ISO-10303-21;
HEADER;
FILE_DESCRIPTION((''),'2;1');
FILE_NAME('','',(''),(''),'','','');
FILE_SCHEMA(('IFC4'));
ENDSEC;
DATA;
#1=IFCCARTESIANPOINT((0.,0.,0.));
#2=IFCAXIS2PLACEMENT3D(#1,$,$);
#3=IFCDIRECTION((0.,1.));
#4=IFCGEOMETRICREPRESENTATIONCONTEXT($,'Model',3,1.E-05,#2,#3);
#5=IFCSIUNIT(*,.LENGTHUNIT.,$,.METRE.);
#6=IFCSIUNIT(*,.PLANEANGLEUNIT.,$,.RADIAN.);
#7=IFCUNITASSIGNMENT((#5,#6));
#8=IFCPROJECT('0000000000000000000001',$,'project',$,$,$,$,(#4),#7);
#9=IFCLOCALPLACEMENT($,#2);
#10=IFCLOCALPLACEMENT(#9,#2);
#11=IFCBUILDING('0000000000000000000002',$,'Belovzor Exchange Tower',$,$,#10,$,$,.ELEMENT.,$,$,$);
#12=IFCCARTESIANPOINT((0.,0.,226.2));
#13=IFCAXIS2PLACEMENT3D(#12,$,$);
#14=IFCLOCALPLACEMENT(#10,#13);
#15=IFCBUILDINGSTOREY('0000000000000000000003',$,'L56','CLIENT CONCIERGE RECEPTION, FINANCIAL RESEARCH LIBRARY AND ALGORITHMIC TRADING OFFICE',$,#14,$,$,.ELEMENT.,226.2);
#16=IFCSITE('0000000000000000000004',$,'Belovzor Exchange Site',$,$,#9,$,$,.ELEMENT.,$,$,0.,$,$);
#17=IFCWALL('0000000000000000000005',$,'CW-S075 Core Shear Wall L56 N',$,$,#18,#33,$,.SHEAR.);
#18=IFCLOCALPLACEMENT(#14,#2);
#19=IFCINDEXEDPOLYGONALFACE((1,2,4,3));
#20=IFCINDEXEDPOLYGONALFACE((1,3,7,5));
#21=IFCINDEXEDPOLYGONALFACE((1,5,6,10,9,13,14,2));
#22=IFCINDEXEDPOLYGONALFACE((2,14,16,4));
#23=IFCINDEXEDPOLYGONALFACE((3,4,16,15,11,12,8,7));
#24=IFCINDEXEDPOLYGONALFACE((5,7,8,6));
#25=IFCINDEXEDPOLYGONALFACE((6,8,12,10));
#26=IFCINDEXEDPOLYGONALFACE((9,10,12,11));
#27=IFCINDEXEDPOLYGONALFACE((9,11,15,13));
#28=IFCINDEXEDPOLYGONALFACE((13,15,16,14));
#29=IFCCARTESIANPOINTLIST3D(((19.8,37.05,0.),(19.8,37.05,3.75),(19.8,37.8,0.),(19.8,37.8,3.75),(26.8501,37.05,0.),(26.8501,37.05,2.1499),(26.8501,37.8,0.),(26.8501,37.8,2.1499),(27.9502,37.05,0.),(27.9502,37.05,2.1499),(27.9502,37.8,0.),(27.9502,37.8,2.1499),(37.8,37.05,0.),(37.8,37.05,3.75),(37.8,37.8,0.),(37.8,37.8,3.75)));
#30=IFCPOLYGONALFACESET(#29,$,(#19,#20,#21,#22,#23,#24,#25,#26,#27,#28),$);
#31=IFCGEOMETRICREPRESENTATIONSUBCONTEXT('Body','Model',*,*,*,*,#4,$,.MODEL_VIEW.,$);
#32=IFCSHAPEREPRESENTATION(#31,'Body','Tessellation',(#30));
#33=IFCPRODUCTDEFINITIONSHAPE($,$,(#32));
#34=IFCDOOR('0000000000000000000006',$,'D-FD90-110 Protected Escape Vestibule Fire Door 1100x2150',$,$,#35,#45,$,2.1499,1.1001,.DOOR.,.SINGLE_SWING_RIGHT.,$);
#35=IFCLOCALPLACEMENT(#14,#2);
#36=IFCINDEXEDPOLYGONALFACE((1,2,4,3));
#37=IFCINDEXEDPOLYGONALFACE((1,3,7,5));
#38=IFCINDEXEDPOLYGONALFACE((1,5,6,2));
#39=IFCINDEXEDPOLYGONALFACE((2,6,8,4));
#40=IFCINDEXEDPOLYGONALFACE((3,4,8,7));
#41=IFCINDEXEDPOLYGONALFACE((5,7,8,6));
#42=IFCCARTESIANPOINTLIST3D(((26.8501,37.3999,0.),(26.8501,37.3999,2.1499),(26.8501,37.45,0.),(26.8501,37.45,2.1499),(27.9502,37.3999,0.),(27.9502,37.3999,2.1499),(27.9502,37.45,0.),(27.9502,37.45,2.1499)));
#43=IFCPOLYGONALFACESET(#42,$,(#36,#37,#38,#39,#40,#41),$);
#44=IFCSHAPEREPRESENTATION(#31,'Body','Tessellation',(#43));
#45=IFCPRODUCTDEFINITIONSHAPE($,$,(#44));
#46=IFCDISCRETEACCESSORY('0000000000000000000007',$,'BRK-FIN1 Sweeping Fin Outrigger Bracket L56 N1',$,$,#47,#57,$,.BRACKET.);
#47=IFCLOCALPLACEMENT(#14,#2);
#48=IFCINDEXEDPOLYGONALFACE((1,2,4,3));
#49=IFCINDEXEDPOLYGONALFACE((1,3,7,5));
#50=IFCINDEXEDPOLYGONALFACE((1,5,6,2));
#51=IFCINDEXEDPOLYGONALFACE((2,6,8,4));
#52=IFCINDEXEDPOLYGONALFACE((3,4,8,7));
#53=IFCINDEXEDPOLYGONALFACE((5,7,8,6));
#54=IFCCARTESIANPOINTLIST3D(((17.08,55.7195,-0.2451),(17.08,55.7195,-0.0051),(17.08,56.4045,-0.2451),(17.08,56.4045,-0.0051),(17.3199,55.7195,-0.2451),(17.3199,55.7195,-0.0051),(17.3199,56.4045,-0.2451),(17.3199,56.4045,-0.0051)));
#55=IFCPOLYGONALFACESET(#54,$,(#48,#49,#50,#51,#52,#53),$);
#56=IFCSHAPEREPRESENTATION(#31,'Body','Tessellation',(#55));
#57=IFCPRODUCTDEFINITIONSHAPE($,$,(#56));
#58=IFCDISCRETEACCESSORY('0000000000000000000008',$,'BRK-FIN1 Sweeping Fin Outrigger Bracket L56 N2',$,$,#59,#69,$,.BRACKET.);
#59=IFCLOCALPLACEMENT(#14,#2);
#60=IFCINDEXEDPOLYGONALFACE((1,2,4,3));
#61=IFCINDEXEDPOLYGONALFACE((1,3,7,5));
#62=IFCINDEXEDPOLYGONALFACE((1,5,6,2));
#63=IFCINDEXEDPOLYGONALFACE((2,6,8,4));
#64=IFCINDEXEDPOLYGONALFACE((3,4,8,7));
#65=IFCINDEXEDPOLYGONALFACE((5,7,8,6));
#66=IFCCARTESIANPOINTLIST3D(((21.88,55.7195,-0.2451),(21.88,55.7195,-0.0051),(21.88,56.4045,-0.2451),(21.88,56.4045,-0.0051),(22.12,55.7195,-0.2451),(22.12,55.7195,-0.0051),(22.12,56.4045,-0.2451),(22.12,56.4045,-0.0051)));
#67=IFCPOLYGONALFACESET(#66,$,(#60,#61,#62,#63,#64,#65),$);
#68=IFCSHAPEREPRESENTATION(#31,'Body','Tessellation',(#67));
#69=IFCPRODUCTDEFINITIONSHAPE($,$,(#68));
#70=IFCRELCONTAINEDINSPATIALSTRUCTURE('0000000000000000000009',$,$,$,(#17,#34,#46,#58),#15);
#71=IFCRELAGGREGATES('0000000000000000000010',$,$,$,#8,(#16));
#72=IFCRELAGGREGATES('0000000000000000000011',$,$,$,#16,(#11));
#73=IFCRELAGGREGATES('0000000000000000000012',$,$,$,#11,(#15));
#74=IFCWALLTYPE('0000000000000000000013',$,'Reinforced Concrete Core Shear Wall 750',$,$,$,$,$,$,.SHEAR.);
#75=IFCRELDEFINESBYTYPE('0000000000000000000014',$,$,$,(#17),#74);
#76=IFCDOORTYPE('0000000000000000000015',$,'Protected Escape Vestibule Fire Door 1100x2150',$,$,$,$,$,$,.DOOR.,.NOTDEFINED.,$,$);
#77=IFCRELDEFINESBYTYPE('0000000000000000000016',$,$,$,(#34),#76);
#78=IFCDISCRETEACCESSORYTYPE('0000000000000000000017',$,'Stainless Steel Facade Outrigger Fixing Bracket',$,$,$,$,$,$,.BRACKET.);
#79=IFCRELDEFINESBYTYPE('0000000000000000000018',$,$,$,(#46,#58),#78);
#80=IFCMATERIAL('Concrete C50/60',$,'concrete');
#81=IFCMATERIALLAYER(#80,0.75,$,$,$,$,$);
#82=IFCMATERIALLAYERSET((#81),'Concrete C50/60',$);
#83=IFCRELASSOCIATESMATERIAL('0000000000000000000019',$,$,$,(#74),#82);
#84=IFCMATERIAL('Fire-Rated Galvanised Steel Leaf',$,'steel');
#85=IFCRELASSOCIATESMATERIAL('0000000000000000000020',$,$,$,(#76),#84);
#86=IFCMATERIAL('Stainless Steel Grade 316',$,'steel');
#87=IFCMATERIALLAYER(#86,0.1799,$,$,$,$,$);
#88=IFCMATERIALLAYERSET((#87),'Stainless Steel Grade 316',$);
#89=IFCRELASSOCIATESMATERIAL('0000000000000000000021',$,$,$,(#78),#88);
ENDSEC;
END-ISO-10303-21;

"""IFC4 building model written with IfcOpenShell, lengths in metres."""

from ifc_helpers import new_model, si_unit, direction, frame, frame_2d, origin, origin_2d, place, context, subcontext, project, spatial, rectangle, extrude, material, layer, layer_set, type_object, element, fill, save


model = new_model("IFC4")

# Units and contexts
model_context = context("Model", 3, precision=1e-05, world=origin(), true_north=direction((0.0, 1.0)))
body_context = subcontext(model_context, "Body", "Model", "MODEL_VIEW")
ifc_project = project(units=[si_unit("LENGTHUNIT", "METRE"), si_unit("PLANEANGLEUNIT", "RADIAN")], contexts=[model_context])

# Site, building, storey
site_placement = place(None, origin())
site = spatial("IfcSite", under=ifc_project, at=site_placement, Name="Belovzor Exchange Site", CompositionType="ELEMENT", RefElevation=0.0)
building_placement = place(site_placement, origin())
building = spatial("IfcBuilding", under=site, at=building_placement, Name="Belovzor Exchange Tower", CompositionType="ELEMENT")
storey_placement = place(building_placement, frame((0.0, 0.0, 226.2)))
storey = spatial("IfcBuildingStorey", under=building, at=storey_placement, Name="L56", Description="CLIENT CONCIERGE RECEPTION, FINANCIAL RESEARCH LIBRARY AND ALGORITHMIC TRADING OFFICE", CompositionType="ELEMENT", Elevation=226.2)

# Wall, opening, door
ifc_material_1 = material(Name="Concrete C50/60", Category="concrete")
ifc_layer_1 = layer(ifc_material_1, 0.75)
ifc_layer_set_1 = layer_set([ifc_layer_1], Name="Concrete C50/60")
wall_type_1 = type_object("IfcWallType", Name="Reinforced Concrete Core Shear Wall 750", PredefinedType="SHEAR", material=ifc_layer_set_1)
wall_1_placement = place(storey_placement, frame((19.8, 37.425, 0.0), z_axis=(0.0, 0.0, 1.0), x_axis=(1.0, 0.0, 0.0)))
wall_1 = element("IfcWall", 1, at=wall_1_placement, inside=storey, type_object=wall_type_1, Name="CW-S075 Core Shear Wall L56 N", PredefinedType="SHEAR", context=body_context, shape_type="SweptSolid", body=[
    extrude(rectangle(XDim=18.0, YDim=0.75, at=frame_2d((9.0, 0.0))), origin(), (0.0, 0.0, 1.0), 3.75),
])
opening_1_placement = place(wall_1_placement, frame((7.05, 0.0, 0.0)))
opening_1 = element("IfcOpeningElement", 2, at=opening_1_placement, cuts=wall_1, PredefinedType="OPENING", context=body_context, shape_type="SweptSolid", body=[
    extrude(rectangle(XDim=1.1001, YDim=2.1499, at=frame_2d((0.55, 1.075))), frame((0.0, 0.385, 0.0), z_axis=(0.0, -1.0, 0.0), x_axis=(1.0, 0.0, 0.0)), (0.0, 0.0, 1.0), 0.77),
])
ifc_material_2 = material(Name="Fire-Rated Galvanised Steel Leaf", Category="steel")
door_type_1 = type_object("IfcDoorType", Name="Protected Escape Vestibule Fire Door 1100x2150", OperationType="NOTDEFINED", PredefinedType="DOOR", material=ifc_material_2)
door_1_placement = place(opening_1_placement, origin())
door_1 = element("IfcDoor", 3, at=door_1_placement, inside=storey, type_object=door_type_1, Name="D-FD90-110 Protected Escape Vestibule Fire Door 1100x2150", OperationType="SINGLE_SWING_RIGHT", OverallHeight=2.1499, OverallWidth=1.1001, PredefinedType="DOOR", context=body_context, shape_type="SweptSolid", body=[
    extrude(rectangle(XDim=1.1001, YDim=2.1499, at=frame_2d((0.55, 1.075))), frame((0.0, 0.0249, 0.0), z_axis=(0.0, -1.0, 0.0), x_axis=(1.0, 0.0, 0.0)), (0.0, 0.0, 1.0), 0.05),
])
fill(opening_1, door_1)

# Discrete accessories
ifc_material_3 = material(Name="Stainless Steel Grade 316", Category="steel")
ifc_layer_2 = layer(ifc_material_3, 0.1799)
ifc_layer_set_2 = layer_set([ifc_layer_2], Name="Stainless Steel Grade 316")
discrete_accessory_type = type_object("IfcDiscreteAccessoryType", Name="Stainless Steel Facade Outrigger Fixing Bracket", PredefinedType="BRACKET", material=ifc_layer_set_2)
for number, where, z_axis, x_axis, name in (
    (4, (17.2, 56.062, -0.2451), (0.0, 0.0, 1.0), (0.0, 1.0, 0.0), "BRK-FIN1 Sweeping Fin Outrigger Bracket L56 N1"),
    (5, (22.0, 56.062, -0.2451), (0.0, 0.0, 1.0), (0.0, 1.0, 0.0), "BRK-FIN1 Sweeping Fin Outrigger Bracket L56 N2"),
):
    element("IfcDiscreteAccessory", number, at=place(storey_placement, frame(where, z_axis=z_axis, x_axis=x_axis)), inside=storey, type_object=discrete_accessory_type, Name=name, PredefinedType="BRACKET", context=body_context, shape_type="SweptSolid", body=[
        extrude(rectangle(XDim=0.6851, YDim=0.24, at=origin_2d()), origin(), (0.0, 0.0, 1.0), 0.24),
    ])

save(model, "model.ifc")
